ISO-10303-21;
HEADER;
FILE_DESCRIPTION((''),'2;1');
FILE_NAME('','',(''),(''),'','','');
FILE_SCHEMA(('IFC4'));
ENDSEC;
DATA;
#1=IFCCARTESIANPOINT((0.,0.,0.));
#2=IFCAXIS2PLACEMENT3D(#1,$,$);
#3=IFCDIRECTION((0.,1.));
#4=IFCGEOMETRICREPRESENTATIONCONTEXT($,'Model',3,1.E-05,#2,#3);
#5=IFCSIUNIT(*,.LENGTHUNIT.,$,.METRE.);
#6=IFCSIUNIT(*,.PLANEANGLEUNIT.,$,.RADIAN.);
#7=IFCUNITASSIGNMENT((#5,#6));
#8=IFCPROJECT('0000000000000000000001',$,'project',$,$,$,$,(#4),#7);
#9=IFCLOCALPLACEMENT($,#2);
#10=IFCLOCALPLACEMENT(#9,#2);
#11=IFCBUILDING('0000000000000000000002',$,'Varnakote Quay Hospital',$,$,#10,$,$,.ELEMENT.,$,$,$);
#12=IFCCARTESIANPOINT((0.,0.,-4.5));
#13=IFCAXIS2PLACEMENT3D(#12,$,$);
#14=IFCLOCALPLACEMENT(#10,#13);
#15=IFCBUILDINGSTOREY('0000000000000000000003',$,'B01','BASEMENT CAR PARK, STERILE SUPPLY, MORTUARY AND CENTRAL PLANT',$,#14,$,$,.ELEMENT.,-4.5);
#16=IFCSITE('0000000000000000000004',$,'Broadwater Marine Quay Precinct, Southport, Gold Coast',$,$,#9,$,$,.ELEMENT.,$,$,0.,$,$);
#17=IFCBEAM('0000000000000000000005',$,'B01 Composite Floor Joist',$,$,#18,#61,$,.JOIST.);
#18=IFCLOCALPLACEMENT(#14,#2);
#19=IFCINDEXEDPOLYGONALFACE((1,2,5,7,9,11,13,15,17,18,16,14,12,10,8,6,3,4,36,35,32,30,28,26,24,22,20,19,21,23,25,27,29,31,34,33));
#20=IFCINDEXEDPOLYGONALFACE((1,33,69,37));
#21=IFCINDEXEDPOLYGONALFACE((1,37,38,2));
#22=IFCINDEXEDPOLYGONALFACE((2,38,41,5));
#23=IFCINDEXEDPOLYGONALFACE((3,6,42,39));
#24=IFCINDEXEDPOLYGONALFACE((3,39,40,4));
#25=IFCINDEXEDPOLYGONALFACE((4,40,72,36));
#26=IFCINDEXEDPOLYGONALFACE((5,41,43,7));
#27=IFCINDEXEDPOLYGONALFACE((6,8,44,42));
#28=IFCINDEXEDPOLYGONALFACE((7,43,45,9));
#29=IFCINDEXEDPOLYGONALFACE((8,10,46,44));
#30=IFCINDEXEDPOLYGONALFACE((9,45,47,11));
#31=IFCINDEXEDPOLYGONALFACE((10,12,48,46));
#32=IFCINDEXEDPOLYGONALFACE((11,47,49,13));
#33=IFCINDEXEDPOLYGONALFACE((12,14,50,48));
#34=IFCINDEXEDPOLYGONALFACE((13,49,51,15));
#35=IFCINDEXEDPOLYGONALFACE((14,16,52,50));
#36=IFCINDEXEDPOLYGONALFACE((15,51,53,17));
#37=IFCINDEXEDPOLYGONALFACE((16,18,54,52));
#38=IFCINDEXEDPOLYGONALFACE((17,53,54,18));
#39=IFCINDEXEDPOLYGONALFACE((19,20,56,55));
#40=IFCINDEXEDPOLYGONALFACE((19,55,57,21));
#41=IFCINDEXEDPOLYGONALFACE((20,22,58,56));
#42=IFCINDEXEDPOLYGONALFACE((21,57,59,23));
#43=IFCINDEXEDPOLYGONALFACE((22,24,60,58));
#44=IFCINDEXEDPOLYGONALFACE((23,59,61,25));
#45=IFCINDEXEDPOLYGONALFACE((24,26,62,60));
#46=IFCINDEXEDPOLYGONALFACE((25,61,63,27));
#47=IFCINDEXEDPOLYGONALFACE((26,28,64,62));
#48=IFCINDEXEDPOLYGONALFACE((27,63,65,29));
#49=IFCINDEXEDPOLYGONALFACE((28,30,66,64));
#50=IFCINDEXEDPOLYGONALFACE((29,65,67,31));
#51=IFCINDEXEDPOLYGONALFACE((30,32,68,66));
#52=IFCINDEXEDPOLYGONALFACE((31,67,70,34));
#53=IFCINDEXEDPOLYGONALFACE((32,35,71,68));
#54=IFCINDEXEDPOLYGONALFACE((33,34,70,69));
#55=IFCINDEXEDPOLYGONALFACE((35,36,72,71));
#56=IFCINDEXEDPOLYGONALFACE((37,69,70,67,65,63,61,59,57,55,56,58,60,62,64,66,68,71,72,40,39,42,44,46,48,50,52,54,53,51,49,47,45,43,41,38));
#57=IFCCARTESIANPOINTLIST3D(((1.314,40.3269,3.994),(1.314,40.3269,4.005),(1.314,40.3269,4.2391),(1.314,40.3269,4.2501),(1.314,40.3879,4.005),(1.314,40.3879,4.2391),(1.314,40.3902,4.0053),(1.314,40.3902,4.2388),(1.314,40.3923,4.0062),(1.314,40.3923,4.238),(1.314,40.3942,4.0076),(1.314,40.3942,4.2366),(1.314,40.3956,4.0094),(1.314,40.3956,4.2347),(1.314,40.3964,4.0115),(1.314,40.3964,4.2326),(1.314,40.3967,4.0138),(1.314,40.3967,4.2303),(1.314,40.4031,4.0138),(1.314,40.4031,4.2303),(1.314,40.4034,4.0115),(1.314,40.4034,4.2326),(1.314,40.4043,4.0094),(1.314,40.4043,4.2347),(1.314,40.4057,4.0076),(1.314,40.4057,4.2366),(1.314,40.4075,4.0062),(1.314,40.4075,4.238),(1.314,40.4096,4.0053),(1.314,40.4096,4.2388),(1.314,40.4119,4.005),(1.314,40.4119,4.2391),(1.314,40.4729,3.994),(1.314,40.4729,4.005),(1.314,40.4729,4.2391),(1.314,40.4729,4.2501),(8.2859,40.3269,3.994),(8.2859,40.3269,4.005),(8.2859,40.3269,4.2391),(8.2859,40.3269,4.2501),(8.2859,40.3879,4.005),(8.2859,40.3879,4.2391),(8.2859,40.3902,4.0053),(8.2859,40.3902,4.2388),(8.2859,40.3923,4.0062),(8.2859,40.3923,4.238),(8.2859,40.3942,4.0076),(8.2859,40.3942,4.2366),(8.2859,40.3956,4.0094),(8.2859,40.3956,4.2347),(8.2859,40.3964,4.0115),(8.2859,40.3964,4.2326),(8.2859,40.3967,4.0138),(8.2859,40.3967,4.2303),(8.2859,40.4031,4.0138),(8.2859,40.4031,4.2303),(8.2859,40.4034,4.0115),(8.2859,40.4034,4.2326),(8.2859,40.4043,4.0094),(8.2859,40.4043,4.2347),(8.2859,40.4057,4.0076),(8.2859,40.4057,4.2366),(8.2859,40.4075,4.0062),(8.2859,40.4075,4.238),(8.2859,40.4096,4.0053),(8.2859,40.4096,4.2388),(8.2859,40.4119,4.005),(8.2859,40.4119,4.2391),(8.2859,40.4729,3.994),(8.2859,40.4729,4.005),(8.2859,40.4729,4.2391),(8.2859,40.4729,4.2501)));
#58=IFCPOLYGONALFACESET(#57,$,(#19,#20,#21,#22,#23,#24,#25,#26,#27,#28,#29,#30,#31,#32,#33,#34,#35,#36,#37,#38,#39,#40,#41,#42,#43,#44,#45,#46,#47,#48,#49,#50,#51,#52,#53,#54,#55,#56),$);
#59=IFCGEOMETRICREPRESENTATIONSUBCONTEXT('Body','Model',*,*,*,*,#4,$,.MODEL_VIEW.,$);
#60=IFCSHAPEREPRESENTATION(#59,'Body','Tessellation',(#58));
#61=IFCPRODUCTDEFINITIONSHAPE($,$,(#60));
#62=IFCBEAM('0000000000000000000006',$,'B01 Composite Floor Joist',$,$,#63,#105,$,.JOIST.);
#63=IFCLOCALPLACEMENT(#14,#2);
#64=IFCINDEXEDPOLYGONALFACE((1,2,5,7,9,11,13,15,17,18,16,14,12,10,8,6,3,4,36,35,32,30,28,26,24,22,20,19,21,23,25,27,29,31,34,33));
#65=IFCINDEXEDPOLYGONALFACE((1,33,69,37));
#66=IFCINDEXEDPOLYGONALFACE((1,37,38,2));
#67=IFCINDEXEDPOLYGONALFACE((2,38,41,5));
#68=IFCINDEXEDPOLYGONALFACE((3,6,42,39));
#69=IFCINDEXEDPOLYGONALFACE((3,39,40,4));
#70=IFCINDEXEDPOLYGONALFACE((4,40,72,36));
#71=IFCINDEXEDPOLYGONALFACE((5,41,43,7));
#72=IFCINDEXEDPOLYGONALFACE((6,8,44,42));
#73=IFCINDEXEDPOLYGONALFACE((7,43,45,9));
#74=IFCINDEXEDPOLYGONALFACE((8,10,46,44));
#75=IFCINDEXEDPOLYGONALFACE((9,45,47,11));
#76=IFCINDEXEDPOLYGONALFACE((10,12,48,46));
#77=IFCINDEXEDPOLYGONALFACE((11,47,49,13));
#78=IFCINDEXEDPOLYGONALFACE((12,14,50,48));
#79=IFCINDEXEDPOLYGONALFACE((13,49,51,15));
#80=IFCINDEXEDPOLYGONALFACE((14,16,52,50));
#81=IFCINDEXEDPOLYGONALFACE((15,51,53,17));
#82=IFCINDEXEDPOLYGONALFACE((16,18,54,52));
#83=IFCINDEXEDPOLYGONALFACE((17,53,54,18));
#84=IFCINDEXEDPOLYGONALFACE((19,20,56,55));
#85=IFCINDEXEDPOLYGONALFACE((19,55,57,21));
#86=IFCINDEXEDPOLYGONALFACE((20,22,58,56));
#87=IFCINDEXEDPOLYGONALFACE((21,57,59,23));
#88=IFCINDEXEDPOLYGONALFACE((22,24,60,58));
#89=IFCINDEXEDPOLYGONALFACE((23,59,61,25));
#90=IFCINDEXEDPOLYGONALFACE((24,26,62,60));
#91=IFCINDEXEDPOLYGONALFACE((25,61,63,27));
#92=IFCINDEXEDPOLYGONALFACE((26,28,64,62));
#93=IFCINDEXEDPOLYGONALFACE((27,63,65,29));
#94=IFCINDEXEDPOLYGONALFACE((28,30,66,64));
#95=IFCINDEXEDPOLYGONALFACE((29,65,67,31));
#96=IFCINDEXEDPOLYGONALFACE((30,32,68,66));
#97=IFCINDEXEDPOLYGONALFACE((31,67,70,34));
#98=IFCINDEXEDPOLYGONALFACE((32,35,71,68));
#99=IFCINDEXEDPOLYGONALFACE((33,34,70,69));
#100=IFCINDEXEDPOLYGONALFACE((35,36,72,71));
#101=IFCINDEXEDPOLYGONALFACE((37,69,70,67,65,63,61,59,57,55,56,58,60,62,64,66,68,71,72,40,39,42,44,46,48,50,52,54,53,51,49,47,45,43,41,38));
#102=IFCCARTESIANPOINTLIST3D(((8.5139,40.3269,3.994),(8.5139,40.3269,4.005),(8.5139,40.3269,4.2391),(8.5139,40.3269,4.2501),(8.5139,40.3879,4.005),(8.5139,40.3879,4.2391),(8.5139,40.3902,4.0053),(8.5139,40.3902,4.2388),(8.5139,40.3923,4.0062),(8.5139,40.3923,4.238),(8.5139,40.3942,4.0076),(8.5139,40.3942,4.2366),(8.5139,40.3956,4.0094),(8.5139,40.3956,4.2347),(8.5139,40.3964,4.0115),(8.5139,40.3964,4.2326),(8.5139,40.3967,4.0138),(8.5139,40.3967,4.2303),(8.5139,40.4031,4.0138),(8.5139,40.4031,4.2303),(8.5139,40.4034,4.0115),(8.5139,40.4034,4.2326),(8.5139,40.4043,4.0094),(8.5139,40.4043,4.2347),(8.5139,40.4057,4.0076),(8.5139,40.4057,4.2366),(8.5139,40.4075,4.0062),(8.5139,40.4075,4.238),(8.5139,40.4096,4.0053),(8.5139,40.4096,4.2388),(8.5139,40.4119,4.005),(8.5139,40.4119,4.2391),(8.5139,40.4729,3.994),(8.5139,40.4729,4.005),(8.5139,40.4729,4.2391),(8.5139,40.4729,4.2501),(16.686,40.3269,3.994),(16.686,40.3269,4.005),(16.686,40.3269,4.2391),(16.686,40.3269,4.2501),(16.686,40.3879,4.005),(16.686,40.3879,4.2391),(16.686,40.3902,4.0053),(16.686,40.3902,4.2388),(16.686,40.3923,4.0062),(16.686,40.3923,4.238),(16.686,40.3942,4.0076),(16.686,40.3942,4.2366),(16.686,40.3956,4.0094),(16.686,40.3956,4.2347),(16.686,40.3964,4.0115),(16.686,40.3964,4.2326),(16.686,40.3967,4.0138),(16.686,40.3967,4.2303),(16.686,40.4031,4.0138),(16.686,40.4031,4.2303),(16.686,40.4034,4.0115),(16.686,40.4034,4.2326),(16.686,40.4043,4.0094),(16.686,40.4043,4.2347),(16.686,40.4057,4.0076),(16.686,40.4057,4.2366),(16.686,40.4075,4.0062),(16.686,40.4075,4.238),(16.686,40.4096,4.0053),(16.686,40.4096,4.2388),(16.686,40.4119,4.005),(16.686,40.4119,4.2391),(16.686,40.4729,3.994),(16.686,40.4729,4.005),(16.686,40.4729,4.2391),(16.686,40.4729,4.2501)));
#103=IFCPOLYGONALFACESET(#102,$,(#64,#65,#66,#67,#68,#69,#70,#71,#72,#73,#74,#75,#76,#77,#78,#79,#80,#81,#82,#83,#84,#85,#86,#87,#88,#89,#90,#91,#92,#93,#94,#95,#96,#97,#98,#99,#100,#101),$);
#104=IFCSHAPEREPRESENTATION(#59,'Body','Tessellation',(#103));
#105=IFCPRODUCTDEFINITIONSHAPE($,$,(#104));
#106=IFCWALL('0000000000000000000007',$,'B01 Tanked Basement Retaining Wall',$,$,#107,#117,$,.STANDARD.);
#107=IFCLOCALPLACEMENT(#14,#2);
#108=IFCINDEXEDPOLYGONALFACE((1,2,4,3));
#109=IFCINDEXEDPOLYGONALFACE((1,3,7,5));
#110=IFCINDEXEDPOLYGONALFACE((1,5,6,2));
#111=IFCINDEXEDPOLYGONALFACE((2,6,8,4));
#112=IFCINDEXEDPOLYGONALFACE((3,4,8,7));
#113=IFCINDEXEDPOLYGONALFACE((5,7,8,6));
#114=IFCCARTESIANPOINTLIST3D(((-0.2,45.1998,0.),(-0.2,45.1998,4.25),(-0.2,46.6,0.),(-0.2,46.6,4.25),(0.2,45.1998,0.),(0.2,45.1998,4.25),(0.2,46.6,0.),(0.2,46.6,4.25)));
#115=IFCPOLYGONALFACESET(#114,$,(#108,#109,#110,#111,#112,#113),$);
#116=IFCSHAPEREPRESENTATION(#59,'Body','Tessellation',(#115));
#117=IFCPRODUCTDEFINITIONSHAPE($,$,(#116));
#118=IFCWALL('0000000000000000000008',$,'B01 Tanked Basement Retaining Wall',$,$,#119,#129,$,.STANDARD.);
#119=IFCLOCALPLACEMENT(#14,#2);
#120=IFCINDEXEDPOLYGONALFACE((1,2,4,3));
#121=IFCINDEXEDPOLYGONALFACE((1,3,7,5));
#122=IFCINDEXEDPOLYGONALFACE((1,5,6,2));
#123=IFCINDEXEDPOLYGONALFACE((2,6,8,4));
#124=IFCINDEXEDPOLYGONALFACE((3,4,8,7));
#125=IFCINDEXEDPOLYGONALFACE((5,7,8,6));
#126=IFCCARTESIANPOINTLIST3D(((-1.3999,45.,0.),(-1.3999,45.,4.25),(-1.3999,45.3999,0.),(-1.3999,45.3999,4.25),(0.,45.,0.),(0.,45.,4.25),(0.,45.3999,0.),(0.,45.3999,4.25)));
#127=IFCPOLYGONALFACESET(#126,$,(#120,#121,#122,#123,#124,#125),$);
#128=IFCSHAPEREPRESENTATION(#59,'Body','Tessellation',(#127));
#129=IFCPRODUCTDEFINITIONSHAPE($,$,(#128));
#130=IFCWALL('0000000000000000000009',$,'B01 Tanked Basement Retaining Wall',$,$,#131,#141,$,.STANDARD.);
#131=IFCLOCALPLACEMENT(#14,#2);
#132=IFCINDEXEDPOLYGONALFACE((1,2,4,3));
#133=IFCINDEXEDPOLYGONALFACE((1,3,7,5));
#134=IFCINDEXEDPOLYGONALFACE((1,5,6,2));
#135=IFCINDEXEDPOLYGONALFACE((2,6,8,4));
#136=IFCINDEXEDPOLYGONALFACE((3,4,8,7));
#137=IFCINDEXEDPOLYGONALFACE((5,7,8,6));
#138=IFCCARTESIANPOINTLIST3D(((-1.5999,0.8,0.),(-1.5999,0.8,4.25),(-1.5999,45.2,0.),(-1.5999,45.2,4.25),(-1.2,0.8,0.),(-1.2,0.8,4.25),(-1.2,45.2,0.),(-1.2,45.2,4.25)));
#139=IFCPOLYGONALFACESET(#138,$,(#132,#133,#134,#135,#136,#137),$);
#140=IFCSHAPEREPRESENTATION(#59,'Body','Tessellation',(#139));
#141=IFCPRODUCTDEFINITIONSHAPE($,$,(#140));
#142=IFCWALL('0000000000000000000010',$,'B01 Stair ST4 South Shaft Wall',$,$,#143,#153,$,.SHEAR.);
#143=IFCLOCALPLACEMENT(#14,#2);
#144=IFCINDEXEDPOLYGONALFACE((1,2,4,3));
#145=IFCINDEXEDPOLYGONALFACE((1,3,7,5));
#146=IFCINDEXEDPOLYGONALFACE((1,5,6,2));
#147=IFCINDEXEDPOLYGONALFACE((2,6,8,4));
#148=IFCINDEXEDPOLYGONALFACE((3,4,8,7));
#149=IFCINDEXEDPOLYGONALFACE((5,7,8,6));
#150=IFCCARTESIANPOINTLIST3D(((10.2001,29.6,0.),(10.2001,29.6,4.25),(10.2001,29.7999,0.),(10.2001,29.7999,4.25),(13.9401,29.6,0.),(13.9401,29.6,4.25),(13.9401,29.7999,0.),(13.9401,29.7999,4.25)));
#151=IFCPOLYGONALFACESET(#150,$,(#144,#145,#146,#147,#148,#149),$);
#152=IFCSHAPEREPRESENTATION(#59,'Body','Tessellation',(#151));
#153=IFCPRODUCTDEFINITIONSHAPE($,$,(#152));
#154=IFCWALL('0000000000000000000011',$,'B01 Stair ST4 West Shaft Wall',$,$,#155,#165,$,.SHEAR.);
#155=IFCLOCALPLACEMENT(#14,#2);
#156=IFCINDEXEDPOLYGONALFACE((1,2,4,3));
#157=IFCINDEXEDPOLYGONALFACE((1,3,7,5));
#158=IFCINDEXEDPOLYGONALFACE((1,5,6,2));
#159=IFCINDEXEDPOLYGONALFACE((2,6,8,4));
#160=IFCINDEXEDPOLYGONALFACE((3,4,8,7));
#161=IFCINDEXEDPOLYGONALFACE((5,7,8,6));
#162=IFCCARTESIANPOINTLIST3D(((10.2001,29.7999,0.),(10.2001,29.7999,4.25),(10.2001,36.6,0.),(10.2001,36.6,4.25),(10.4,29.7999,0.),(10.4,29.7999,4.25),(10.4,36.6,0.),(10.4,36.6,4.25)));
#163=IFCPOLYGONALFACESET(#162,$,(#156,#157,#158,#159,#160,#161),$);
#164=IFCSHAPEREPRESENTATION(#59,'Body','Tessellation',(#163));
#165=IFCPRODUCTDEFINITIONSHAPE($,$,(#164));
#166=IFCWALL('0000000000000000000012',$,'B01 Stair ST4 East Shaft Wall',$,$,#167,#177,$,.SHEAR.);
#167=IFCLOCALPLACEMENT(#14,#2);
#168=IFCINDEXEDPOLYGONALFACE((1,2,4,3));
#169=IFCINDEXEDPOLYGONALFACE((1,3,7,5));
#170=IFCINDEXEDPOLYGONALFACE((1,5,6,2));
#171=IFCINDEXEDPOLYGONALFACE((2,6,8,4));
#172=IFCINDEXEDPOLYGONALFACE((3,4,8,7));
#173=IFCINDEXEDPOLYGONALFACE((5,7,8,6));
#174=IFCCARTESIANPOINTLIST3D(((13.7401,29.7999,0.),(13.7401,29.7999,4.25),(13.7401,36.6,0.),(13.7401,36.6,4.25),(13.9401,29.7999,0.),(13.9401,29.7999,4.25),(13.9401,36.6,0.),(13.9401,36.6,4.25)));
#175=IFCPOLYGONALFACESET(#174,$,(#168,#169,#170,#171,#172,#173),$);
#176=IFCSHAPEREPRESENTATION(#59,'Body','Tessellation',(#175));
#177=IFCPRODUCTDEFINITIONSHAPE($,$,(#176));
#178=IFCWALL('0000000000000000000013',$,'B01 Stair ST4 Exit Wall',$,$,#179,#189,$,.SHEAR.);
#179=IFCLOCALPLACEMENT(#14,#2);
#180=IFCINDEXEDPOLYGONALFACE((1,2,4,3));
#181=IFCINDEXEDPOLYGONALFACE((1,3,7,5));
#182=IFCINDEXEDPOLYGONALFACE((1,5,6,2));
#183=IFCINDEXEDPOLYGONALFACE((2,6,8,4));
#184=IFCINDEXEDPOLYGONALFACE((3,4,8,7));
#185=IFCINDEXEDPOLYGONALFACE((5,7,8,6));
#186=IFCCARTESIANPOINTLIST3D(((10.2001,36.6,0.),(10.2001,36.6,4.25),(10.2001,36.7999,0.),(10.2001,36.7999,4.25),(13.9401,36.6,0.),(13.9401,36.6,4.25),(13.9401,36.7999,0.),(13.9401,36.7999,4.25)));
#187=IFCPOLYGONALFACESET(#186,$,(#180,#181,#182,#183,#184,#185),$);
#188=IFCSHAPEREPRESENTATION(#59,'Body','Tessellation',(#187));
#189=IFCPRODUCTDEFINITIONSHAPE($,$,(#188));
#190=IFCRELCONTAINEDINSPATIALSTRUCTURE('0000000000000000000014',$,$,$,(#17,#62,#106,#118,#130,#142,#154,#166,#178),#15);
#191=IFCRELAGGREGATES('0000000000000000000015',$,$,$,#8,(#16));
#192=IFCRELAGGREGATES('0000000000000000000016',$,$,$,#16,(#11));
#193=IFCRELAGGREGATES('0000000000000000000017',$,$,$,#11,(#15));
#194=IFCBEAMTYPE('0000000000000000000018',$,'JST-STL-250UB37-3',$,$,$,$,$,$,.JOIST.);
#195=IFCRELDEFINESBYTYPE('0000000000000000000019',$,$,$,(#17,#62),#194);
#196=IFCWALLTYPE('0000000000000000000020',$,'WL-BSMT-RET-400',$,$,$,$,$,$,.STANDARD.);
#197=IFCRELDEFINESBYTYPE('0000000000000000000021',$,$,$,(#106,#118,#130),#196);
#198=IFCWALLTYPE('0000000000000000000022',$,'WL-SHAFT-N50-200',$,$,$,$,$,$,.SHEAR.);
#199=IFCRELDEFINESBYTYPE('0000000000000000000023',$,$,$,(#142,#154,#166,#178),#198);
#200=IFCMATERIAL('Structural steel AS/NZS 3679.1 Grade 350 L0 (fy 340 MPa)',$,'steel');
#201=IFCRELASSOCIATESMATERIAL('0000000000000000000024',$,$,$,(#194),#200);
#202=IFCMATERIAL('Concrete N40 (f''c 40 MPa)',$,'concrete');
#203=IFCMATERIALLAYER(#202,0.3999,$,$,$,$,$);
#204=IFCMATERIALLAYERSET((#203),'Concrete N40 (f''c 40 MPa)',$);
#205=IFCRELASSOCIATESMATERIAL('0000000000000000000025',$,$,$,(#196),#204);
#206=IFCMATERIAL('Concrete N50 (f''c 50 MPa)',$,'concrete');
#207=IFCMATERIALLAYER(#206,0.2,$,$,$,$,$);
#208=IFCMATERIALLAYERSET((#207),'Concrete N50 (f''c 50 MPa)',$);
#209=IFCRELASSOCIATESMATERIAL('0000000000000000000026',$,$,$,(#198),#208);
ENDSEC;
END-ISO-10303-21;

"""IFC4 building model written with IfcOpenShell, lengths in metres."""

from ifc_helpers import new_model, si_unit, direction, frame, frame_2d, origin, origin_2d, place, context, subcontext, project, spatial, rectangle, i_section, extrude, material, layer, layer_set, material_profile, profile_set, type_object, element, save


model = new_model("IFC4")

# Units and contexts
model_context = context("Model", 3, precision=1e-05, world=origin(), true_north=direction((0.0, 1.0)))
body_context = subcontext(model_context, "Body", "Model", "MODEL_VIEW")
ifc_project = project(units=[si_unit("LENGTHUNIT", "METRE"), si_unit("PLANEANGLEUNIT", "RADIAN")], contexts=[model_context])

# Site, building, storey
site_placement = place(None, origin())
site = spatial("IfcSite", under=ifc_project, at=site_placement, Name="Broadwater Marine Quay Precinct, Southport, Gold Coast", CompositionType="ELEMENT", RefElevation=0.0)
building_placement = place(site_placement, origin())
building = spatial("IfcBuilding", under=site, at=building_placement, Name="Varnakote Quay Hospital", CompositionType="ELEMENT")
storey_placement = place(building_placement, frame((0.0, 0.0, -4.5)))
storey = spatial("IfcBuildingStorey", under=building, at=storey_placement, Name="B01", Description="BASEMENT CAR PARK, STERILE SUPPLY, MORTUARY AND CENTRAL PLANT", CompositionType="ELEMENT", Elevation=-4.5)

# Beams
ifc_material_1 = material(Name="Structural steel AS/NZS 3679.1 Grade 350 L0 (fy 340 MPa)", Category="steel")
ifc_material_profile_1 = material_profile(ifc_material_1, i_section(OverallWidth=0.146, OverallDepth=0.2561, WebThickness=0.0063, FlangeThickness=0.011, FilletRadius=0.0088, at=origin_2d()), Name="250UB37.3")
ifc_profile_set_1 = profile_set([ifc_material_profile_1], Name="Structural steel AS/NZS 3679.1 Grade 350 L0 (fy 340 MPa)")
beam_type_1 = type_object("IfcBeamType", Name="JST-STL-250UB37-3", PredefinedType="JOIST", material=ifc_profile_set_1)
for number, where, z_axis, x_axis, name in (
    (1, (1.314, 40.3999, 4.1221), (1.0, 0.0, 0.0), (0.0, 1.0, 0.0), "B01 Composite Floor Joist"),
):
    element("IfcBeam", number, at=place(storey_placement, frame(where, z_axis=z_axis, x_axis=x_axis)), inside=storey, type_object=beam_type_1, Name=name, PredefinedType="JOIST", context=body_context, shape_type="SweptSolid", body=[
        extrude(i_section(OverallWidth=0.146, OverallDepth=0.2561, WebThickness=0.0063, FlangeThickness=0.011, FilletRadius=0.0088, at=origin_2d()), origin(), (0.0, 0.0, 1.0), 6.9719),
    ])
beam_1_placement = place(storey_placement, frame((8.5139, 40.3999, 4.1221), z_axis=(1.0, 0.0, 0.0), x_axis=(0.0, 1.0, 0.0)))
element("IfcBeam", 2, at=beam_1_placement, inside=storey, type_object=beam_type_1, Name="B01 Composite Floor Joist", PredefinedType="JOIST", context=body_context, shape_type="SweptSolid", body=[
    extrude(i_section(OverallWidth=0.146, OverallDepth=0.2561, WebThickness=0.0063, FlangeThickness=0.011, FilletRadius=0.0088, at=origin_2d()), origin(), (0.0, 0.0, 1.0), 8.1721),
])

# Walls
ifc_material_2 = material(Name="Concrete N40 (f'c 40 MPa)", Category="concrete")
ifc_layer_1 = layer(ifc_material_2, 0.3999)
ifc_layer_set_1 = layer_set([ifc_layer_1], Name="Concrete N40 (f'c 40 MPa)")
wall_type_1 = type_object("IfcWallType", Name="WL-BSMT-RET-400", PredefinedType="STANDARD", material=ifc_layer_set_1)
wall_1_placement = place(storey_placement, frame((0.0, 46.6001, 0.0), z_axis=(0.0, 0.0, 1.0), x_axis=(0.0, -1.0, 0.0)))
element("IfcWall", 3, at=wall_1_placement, inside=storey, type_object=wall_type_1, Name="B01 Tanked Basement Retaining Wall", PredefinedType="STANDARD", context=body_context, shape_type="SweptSolid", body=[
    extrude(rectangle(XDim=1.4001, YDim=0.3999, at=frame_2d((0.7002, 0.0))), origin(), (0.0, 0.0, 1.0), 4.25),
])
wall_2_placement = place(storey_placement, frame((0.0, 45.2, 0.0), z_axis=(0.0, 0.0, 1.0), x_axis=(-1.0, 0.0, 0.0)))
element("IfcWall", 4, at=wall_2_placement, inside=storey, type_object=wall_type_1, Name="B01 Tanked Basement Retaining Wall", PredefinedType="STANDARD", context=body_context, shape_type="SweptSolid", body=[
    extrude(rectangle(XDim=1.3999, YDim=0.3999, at=frame_2d((0.7, 0.0))), origin(), (0.0, 0.0, 1.0), 4.25),
])
wall_3_placement = place(storey_placement, frame((-1.3999, 45.2, 0.0), z_axis=(0.0, 0.0, 1.0), x_axis=(0.0, -1.0, 0.0)))
element("IfcWall", 5, at=wall_3_placement, inside=storey, type_object=wall_type_1, Name="B01 Tanked Basement Retaining Wall", PredefinedType="STANDARD", context=body_context, shape_type="SweptSolid", body=[
    extrude(rectangle(XDim=44.3999, YDim=0.3999, at=frame_2d((22.2, 0.0))), origin(), (0.0, 0.0, 1.0), 4.25),
])
ifc_material_3 = material(Name="Concrete N50 (f'c 50 MPa)", Category="concrete")
ifc_layer_2 = layer(ifc_material_3, 0.2)
ifc_layer_set_2 = layer_set([ifc_layer_2], Name="Concrete N50 (f'c 50 MPa)")
wall_type_2 = type_object("IfcWallType", Name="WL-SHAFT-N50-200", PredefinedType="SHEAR", material=ifc_layer_set_2)
wall_4_placement = place(storey_placement, frame((10.2, 29.7, 0.0), z_axis=(0.0, 0.0, 1.0), x_axis=(1.0, 0.0, 0.0)))
element("IfcWall", 6, at=wall_4_placement, inside=storey, type_object=wall_type_2, Name="B01 Stair ST4 South Shaft Wall", PredefinedType="SHEAR", context=body_context, shape_type="SweptSolid", body=[
    extrude(rectangle(XDim=3.74, YDim=0.2, at=frame_2d((1.8701, 0.0))), origin(), (0.0, 0.0, 1.0), 4.25),
])
for number, where, z_axis, x_axis, name in (
    (7, (10.3, 29.8, 0.0), (0.0, 0.0, 1.0), (0.0, 1.0, 0.0), "B01 Stair ST4 West Shaft Wall"),
    (8, (13.8401, 29.8, 0.0), (0.0, 0.0, 1.0), (0.0, 1.0, 0.0), "B01 Stair ST4 East Shaft Wall"),
):
    element("IfcWall", number, at=place(storey_placement, frame(where, z_axis=z_axis, x_axis=x_axis)), inside=storey, type_object=wall_type_2, Name=name, PredefinedType="SHEAR", context=body_context, shape_type="SweptSolid", body=[
        extrude(rectangle(XDim=6.8, YDim=0.2, at=frame_2d((3.3999, 0.0))), origin(), (0.0, 0.0, 1.0), 4.25),
    ])
wall_5_placement = place(storey_placement, frame((10.2, 36.7, 0.0), z_axis=(0.0, 0.0, 1.0), x_axis=(1.0, 0.0, 0.0)))
element("IfcWall", 9, at=wall_5_placement, inside=storey, type_object=wall_type_2, Name="B01 Stair ST4 Exit Wall", PredefinedType="SHEAR", context=body_context, shape_type="SweptSolid", body=[
    extrude(rectangle(XDim=3.74, YDim=0.2, at=frame_2d((1.8701, 0.0))), origin(), (0.0, 0.0, 1.0), 4.25),
])

save(model, "model.ifc")
